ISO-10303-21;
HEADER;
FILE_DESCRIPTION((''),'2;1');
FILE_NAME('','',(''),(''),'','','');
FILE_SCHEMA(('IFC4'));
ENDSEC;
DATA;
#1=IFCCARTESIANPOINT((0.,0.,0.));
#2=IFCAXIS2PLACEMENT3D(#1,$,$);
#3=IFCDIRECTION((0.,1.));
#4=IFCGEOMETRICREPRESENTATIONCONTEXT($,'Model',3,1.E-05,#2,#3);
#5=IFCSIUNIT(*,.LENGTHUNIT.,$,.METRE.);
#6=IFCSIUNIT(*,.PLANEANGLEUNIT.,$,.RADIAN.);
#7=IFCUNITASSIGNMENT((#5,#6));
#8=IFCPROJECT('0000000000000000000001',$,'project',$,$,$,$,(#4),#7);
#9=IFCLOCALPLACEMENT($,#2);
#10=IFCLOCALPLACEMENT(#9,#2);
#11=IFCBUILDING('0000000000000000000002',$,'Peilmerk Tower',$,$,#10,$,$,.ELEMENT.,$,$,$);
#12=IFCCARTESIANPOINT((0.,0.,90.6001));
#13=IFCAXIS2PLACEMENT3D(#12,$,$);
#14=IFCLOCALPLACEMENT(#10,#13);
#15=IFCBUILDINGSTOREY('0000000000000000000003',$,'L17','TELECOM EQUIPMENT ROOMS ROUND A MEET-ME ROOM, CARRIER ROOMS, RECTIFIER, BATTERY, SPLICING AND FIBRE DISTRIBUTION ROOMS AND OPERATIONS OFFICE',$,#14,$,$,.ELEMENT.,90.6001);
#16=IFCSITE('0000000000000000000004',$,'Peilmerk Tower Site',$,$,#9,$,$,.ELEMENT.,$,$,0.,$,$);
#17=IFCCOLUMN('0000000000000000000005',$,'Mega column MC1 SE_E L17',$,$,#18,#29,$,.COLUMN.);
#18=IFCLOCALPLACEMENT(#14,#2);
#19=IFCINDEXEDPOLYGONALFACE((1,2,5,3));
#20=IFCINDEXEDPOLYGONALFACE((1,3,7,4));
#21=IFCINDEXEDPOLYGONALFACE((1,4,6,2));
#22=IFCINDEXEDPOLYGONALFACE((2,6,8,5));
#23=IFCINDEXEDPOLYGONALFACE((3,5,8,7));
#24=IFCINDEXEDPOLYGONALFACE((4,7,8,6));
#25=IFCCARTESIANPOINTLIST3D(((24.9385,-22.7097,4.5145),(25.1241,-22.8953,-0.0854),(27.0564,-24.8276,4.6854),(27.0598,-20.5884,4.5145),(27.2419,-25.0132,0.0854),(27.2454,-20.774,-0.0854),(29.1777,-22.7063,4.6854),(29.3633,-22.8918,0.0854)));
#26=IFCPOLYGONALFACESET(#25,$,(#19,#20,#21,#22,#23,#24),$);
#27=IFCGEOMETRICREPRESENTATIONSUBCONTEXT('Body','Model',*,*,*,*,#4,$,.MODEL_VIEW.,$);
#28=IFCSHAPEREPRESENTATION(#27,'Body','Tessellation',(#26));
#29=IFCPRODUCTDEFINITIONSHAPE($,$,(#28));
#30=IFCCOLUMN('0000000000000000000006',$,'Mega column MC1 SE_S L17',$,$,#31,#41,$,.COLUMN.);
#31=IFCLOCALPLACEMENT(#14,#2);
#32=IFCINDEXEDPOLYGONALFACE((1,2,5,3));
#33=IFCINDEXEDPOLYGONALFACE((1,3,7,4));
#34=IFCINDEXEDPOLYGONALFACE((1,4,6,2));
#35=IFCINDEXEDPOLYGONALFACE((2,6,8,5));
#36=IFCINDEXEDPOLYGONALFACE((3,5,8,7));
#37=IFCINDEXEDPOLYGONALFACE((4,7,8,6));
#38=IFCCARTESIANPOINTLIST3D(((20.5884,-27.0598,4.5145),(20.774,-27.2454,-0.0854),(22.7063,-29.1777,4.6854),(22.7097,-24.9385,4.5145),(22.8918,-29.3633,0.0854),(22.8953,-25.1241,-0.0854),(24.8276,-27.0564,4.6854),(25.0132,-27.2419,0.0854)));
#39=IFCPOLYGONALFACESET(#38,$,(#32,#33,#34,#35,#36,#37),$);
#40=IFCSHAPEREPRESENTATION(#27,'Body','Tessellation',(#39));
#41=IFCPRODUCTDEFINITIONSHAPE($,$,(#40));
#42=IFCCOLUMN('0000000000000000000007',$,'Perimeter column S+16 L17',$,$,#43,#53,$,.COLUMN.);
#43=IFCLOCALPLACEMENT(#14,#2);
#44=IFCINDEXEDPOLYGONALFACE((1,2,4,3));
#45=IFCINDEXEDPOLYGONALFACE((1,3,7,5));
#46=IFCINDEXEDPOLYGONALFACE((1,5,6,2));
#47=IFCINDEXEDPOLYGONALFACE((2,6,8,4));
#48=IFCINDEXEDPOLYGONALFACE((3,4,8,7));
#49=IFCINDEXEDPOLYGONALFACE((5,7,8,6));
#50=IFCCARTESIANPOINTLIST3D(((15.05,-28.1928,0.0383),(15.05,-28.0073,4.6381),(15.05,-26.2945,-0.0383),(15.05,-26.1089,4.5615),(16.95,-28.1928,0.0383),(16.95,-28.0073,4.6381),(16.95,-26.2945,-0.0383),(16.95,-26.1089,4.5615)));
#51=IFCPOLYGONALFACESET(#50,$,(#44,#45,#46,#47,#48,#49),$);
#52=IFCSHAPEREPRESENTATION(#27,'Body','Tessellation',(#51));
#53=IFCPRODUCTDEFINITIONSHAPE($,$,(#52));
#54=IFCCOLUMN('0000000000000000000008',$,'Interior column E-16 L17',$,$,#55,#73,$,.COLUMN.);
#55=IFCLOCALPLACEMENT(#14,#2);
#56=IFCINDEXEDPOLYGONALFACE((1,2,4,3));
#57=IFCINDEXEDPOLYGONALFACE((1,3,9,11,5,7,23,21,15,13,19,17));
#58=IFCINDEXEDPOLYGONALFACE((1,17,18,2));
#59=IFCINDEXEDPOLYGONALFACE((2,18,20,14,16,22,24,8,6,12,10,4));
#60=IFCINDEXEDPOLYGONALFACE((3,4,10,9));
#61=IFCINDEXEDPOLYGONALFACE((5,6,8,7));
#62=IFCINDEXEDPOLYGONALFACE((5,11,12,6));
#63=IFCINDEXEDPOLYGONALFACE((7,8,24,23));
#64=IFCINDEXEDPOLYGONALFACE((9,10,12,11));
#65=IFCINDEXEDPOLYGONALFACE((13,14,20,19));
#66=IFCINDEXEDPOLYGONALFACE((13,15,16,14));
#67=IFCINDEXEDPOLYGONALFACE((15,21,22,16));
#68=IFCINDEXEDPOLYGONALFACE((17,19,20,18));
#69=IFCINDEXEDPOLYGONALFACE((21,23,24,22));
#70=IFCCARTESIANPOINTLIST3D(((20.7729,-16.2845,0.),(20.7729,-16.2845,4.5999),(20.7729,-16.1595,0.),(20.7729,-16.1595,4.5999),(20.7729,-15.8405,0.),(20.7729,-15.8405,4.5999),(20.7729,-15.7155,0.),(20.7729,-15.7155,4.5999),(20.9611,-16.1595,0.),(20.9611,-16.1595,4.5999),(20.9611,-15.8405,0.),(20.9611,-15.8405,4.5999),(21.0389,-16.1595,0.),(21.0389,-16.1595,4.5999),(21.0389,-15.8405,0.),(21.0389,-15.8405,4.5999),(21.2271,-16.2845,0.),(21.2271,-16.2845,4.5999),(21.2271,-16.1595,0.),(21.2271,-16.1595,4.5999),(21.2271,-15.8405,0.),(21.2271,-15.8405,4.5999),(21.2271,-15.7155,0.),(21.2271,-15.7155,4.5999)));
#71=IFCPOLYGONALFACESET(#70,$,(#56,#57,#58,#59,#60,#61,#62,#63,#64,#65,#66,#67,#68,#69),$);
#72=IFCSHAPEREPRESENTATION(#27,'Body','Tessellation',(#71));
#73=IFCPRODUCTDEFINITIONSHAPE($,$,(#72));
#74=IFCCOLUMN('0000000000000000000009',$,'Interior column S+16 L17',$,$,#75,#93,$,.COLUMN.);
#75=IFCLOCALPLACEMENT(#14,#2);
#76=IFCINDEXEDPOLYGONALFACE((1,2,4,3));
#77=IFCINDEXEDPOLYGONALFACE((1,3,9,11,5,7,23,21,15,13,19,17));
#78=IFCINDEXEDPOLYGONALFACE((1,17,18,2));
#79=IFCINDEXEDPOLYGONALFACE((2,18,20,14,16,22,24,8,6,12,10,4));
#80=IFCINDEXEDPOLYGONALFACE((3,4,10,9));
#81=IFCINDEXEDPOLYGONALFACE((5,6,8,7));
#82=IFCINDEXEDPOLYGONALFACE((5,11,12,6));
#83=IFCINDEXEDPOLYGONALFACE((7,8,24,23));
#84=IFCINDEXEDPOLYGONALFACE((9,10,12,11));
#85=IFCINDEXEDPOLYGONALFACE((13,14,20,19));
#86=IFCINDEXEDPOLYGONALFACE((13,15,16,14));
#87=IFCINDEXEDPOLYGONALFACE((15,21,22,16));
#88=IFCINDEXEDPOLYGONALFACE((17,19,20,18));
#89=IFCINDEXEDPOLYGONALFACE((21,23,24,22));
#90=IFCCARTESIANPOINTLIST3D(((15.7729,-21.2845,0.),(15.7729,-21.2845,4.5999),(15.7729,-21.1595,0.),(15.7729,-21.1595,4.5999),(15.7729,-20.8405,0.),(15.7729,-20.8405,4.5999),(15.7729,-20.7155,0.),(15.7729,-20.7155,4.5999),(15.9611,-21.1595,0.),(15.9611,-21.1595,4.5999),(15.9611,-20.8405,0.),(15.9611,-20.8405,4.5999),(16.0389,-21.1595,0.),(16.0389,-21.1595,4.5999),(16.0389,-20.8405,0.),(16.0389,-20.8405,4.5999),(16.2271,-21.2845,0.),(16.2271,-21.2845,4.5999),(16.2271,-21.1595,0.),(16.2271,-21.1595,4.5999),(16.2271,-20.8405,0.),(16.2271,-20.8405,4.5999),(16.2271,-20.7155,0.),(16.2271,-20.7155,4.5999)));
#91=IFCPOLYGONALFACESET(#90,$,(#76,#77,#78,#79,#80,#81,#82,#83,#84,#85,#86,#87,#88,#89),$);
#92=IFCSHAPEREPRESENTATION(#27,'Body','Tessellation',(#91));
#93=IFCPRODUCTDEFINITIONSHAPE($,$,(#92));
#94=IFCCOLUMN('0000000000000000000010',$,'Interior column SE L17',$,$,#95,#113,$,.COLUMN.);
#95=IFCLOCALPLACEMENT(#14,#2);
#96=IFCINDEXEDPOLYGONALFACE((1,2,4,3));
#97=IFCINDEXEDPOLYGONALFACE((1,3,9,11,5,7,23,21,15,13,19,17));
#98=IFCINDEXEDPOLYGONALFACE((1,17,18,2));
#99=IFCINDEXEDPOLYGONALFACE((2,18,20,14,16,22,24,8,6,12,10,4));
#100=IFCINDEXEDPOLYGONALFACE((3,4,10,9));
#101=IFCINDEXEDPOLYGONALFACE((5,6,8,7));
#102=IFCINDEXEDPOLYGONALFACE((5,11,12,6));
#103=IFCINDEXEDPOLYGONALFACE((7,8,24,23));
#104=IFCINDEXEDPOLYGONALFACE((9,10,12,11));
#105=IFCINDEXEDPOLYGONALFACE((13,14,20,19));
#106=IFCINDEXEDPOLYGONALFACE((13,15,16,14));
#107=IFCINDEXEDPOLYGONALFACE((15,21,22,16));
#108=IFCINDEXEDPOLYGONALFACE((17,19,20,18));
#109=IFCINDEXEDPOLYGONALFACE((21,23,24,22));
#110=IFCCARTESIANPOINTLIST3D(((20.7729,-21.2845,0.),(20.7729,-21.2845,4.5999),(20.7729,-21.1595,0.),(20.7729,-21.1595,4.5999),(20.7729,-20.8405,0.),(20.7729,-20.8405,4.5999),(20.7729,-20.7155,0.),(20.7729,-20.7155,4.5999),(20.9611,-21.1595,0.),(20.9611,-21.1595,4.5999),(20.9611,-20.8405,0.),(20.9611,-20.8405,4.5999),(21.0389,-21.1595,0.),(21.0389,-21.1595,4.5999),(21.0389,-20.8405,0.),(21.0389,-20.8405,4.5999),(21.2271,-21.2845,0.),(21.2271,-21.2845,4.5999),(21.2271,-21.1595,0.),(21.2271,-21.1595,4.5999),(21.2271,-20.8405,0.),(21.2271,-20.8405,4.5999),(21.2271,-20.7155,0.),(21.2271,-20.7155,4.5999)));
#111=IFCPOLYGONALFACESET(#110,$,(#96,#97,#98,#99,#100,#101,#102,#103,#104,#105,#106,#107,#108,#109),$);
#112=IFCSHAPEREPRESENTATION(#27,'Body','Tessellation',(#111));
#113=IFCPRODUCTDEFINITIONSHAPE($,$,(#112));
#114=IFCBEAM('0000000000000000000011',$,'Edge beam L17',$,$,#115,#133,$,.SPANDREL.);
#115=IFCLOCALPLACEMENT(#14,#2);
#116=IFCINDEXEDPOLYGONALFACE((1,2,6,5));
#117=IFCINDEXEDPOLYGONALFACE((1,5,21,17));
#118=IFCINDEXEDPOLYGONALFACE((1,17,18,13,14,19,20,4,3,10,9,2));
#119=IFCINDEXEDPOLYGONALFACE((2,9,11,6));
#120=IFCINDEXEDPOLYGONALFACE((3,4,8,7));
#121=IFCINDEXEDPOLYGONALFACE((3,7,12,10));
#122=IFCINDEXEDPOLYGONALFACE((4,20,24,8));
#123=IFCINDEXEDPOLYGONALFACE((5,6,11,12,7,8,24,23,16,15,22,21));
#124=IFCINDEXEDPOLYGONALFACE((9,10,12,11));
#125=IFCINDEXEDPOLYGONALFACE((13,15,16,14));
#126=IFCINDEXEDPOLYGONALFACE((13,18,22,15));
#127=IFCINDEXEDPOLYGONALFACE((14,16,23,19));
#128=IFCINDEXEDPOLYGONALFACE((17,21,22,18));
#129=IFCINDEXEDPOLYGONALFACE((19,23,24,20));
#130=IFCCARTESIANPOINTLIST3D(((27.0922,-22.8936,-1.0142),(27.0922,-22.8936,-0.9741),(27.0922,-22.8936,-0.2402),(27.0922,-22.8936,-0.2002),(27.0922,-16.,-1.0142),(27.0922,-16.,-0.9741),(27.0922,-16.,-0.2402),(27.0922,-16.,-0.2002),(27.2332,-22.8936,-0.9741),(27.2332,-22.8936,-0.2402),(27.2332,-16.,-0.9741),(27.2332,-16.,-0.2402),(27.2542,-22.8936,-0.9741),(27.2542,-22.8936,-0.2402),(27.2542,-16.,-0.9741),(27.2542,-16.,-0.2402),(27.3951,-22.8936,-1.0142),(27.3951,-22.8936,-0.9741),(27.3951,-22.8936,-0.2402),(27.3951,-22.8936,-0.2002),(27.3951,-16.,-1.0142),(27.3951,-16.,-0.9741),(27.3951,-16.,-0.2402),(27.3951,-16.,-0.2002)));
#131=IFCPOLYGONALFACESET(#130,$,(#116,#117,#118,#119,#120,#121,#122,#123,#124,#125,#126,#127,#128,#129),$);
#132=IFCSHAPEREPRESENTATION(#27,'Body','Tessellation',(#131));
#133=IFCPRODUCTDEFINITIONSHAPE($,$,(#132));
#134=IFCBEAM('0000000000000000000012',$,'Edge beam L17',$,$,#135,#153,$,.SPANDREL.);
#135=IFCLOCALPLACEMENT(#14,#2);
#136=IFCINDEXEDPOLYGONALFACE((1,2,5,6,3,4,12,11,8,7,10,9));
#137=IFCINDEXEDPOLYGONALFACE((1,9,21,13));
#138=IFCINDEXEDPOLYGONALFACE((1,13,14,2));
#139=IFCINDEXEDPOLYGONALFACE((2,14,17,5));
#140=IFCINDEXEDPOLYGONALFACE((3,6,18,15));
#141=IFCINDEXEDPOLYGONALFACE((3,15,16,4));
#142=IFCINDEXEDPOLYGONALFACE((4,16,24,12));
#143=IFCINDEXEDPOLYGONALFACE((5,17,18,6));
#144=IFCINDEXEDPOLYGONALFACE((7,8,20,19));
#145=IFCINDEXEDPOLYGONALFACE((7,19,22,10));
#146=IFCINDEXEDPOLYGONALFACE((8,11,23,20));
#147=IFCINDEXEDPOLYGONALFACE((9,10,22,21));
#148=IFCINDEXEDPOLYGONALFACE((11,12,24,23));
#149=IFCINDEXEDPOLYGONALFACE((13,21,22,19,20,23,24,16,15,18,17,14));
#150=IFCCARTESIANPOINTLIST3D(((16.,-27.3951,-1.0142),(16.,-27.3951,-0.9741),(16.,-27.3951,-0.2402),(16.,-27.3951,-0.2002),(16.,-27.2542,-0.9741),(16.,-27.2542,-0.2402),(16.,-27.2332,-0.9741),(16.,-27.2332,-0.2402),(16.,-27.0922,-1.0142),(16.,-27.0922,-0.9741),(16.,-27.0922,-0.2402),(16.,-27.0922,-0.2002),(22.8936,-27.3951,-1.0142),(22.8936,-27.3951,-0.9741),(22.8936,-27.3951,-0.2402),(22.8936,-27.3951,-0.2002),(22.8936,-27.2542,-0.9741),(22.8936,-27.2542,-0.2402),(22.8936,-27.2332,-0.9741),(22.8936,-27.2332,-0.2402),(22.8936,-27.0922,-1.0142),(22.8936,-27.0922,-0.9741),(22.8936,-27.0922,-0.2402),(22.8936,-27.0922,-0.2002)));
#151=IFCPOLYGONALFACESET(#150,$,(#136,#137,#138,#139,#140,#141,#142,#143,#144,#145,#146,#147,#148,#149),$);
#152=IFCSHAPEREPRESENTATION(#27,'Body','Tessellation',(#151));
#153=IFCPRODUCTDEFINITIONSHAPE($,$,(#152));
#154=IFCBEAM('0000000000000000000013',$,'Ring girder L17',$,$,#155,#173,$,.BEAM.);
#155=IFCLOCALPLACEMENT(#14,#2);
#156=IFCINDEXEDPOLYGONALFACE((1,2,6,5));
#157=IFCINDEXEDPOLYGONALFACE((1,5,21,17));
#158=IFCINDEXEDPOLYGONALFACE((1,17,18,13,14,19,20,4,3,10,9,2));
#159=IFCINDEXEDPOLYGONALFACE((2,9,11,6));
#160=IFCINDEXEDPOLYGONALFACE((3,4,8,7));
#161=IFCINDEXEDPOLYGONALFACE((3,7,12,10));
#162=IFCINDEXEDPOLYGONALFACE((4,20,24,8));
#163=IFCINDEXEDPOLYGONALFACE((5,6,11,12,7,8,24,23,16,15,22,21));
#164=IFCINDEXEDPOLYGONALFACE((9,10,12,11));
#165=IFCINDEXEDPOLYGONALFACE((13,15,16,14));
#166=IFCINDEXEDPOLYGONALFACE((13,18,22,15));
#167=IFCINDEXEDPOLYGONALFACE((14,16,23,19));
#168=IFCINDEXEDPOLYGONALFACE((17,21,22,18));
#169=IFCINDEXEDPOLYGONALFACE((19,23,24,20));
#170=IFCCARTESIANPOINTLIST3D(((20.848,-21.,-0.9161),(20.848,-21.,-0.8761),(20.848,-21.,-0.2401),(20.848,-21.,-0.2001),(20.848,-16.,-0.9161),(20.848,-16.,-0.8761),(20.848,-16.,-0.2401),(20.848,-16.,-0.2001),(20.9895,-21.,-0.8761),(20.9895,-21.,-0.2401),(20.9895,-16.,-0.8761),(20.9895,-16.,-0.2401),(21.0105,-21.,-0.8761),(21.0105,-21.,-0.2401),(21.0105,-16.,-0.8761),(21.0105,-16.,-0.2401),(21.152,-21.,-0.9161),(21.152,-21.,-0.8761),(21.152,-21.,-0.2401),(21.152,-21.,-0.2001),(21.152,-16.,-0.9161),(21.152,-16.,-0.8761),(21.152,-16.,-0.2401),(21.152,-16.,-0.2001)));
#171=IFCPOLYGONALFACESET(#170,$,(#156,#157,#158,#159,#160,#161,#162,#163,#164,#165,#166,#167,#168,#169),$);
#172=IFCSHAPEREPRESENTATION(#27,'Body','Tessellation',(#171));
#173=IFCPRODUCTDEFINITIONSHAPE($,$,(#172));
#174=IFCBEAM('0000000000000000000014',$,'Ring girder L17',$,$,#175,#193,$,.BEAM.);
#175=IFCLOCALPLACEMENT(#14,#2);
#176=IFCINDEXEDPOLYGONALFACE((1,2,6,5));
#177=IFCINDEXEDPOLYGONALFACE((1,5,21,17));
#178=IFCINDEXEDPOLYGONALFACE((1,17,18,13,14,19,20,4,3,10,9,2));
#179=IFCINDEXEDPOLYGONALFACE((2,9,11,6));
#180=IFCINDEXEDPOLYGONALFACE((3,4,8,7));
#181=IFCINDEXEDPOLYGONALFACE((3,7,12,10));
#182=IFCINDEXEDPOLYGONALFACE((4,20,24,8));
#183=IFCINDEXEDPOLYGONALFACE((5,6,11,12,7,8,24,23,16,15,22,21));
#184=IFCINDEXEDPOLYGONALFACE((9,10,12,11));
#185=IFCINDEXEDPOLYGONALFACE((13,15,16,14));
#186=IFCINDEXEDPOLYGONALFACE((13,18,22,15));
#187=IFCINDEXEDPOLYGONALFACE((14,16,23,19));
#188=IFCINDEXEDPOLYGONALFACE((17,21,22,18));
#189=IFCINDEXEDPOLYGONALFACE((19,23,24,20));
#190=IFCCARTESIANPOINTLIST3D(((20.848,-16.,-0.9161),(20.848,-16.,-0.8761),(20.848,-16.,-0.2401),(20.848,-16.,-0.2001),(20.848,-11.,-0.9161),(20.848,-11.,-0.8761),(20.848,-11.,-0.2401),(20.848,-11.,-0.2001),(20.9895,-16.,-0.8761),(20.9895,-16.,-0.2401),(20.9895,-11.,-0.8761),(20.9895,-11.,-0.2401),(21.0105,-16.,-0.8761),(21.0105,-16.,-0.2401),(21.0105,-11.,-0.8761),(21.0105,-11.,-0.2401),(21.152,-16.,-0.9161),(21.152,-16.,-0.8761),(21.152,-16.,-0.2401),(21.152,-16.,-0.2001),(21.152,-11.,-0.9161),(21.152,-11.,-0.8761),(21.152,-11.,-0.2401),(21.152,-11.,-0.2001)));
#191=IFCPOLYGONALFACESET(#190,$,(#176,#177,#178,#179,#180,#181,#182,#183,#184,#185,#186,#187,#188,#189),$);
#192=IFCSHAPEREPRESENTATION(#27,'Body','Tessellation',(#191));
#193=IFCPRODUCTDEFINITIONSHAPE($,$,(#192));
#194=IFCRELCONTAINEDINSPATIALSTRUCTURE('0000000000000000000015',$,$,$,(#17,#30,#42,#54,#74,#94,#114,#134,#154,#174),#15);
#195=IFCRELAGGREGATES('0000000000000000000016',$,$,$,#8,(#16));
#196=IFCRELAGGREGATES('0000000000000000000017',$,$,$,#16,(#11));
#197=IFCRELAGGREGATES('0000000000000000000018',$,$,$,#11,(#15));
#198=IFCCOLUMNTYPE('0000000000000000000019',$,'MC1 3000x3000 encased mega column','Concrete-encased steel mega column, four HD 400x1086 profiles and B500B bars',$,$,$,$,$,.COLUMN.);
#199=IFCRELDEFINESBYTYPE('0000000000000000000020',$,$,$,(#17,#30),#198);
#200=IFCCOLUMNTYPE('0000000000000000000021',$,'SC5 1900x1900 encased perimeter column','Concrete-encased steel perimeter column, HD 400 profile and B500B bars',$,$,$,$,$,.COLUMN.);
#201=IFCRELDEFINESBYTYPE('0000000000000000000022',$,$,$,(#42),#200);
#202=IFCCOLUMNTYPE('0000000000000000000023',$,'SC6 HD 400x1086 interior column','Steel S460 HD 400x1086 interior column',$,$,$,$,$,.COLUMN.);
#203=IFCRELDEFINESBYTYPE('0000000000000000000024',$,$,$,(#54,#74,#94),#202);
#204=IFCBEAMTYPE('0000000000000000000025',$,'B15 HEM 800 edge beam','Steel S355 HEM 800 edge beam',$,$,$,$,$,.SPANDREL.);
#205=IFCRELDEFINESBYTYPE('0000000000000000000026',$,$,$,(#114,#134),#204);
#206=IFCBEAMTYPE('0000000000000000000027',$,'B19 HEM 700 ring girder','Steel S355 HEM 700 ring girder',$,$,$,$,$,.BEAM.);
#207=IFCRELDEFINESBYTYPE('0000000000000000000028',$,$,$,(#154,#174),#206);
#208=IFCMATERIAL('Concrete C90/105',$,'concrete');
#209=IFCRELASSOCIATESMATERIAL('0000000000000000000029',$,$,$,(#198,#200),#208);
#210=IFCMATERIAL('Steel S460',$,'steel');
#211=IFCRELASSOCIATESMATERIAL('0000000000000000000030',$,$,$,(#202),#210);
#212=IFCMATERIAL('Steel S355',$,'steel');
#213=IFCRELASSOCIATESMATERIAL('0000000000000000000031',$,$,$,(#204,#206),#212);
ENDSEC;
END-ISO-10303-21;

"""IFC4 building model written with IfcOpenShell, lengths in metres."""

from ifc_helpers import new_model, si_unit, direction, frame, origin, origin_2d, place, context, subcontext, project, spatial, rectangle, i_section, extrude, material, material_profile, profile_set, type_object, element, save


model = new_model("IFC4")

# Units and contexts
model_context = context("Model", 3, precision=1e-05, world=origin(), true_north=direction((0.0, 1.0)))
body_context = subcontext(model_context, "Body", "Model", "MODEL_VIEW")
ifc_project = project(units=[si_unit("LENGTHUNIT", "METRE"), si_unit("PLANEANGLEUNIT", "RADIAN")], contexts=[model_context])

# Site, building, storey
site_placement = place(None, origin())
site = spatial("IfcSite", under=ifc_project, at=site_placement, Name="Peilmerk Tower Site", CompositionType="ELEMENT", RefElevation=0.0)
building_placement = place(site_placement, origin())
building = spatial("IfcBuilding", under=site, at=building_placement, Name="Peilmerk Tower", CompositionType="ELEMENT")
storey_placement = place(building_placement, frame((0.0, 0.0, 90.6001)))
storey = spatial("IfcBuildingStorey", under=building, at=storey_placement, Name="L17", Description="TELECOM EQUIPMENT ROOMS ROUND A MEET-ME ROOM, CARRIER ROOMS, RECTIFIER, BATTERY, SPLICING AND FIBRE DISTRIBUTION ROOMS AND OPERATIONS OFFICE", CompositionType="ELEMENT", Elevation=90.6001)

# Columns
ifc_material_1 = material(Name="Concrete C90/105", Category="concrete")
ifc_material_profile_1 = material_profile(ifc_material_1, rectangle(XDim=3.0, YDim=3.0, at=origin_2d()), Name="RC 3000x3000")
ifc_profile_set_1 = profile_set([ifc_material_profile_1], Name="Concrete C90/105")
column_type_1 = type_object("IfcColumnType", Name="MC1 3000x3000 encased mega column", Description="Concrete-encased steel mega column, four HD 400x1086 profiles and B500B bars", PredefinedType="COLUMN", material=ifc_profile_set_1)
for number, where, z_axis, x_axis, name in (
    (1, (27.2437, -22.8936, 0.0), (-0.040272, 0.040272, 0.998377), (-0.707107, -0.707107, 0.0), "Mega column MC1 SE_E L17"),
    (2, (22.8936, -27.2437, 0.0), (-0.040272, 0.040272, 0.998377), (-0.707107, -0.707107, 0.0), "Mega column MC1 SE_S L17"),
):
    element("IfcColumn", number, at=place(storey_placement, frame(where, z_axis=z_axis, x_axis=x_axis)), inside=storey, type_object=column_type_1, Name=name, PredefinedType="COLUMN", context=body_context, shape_type="SweptSolid", body=[
        extrude(rectangle(XDim=3.0, YDim=3.0, at=origin_2d()), origin(), (0.0, 0.0, 1.0), 4.6074),
    ])
ifc_material_profile_2 = material_profile(ifc_material_1, rectangle(XDim=1.8999, YDim=1.8999, at=origin_2d()), Name="RC 1900x1900")
ifc_profile_set_2 = profile_set([ifc_material_profile_2], Name="Concrete C90/105")
column_type_2 = type_object("IfcColumnType", Name="SC5 1900x1900 encased perimeter column", Description="Concrete-encased steel perimeter column, HD 400 profile and B500B bars", PredefinedType="COLUMN", material=ifc_profile_set_2)
column_placement = place(storey_placement, frame((16.0, -27.2437, 0.0), z_axis=(0.0, 0.040305, 0.999187), x_axis=(-1.0, 0.0, 0.0)))
element("IfcColumn", 3, at=column_placement, inside=storey, type_object=column_type_2, Name="Perimeter column S+16 L17", PredefinedType="COLUMN", context=body_context, shape_type="SweptSolid", body=[
    extrude(rectangle(XDim=1.8999, YDim=1.8999, at=origin_2d()), origin(), (0.0, 0.0, 1.0), 4.6035),
])
ifc_material_2 = material(Name="Steel S460", Category="steel")
ifc_material_profile_3 = material_profile(ifc_material_2, i_section(OverallWidth=0.4541, OverallDepth=0.5691, WebThickness=0.0779, FlangeThickness=0.125, at=origin_2d()), Name="HD 400x1086")
ifc_profile_set_3 = profile_set([ifc_material_profile_3], Name="Steel S460")
column_type_3 = type_object("IfcColumnType", Name="SC6 HD 400x1086 interior column", Description="Steel S460 HD 400x1086 interior column", PredefinedType="COLUMN", material=ifc_profile_set_3)
for number, where, z_axis, x_axis, name in (
    (4, (21.0, -16.0, 0.0), (0.0, 0.0, 1.0), (1.0, 0.0, 0.0), "Interior column E-16 L17"),
    (5, (16.0, -21.0, 0.0), (0.0, 0.0, 1.0), (1.0, 0.0, 0.0), "Interior column S+16 L17"),
    (6, (21.0, -21.0, 0.0), (0.0, 0.0, 1.0), (1.0, 0.0, 0.0), "Interior column SE L17"),
):
    element("IfcColumn", number, at=place(storey_placement, frame(where, z_axis=z_axis, x_axis=x_axis)), inside=storey, type_object=column_type_3, Name=name, PredefinedType="COLUMN", context=body_context, shape_type="SweptSolid", body=[
        extrude(i_section(OverallWidth=0.4541, OverallDepth=0.5691, WebThickness=0.0779, FlangeThickness=0.125, at=origin_2d()), origin(), (0.0, 0.0, 1.0), 4.5999),
    ])

# Beams
ifc_material_3 = material(Name="Steel S355", Category="steel")
ifc_material_profile_4 = material_profile(ifc_material_3, i_section(OverallWidth=0.303, OverallDepth=0.814, WebThickness=0.021, FlangeThickness=0.04, at=origin_2d()), Name="HEM 800")
ifc_profile_set_4 = profile_set([ifc_material_profile_4], Name="Steel S355")
beam_type_1 = type_object("IfcBeamType", Name="B15 HEM 800 edge beam", Description="Steel S355 HEM 800 edge beam", PredefinedType="SPANDREL", material=ifc_profile_set_4)
for number, where, z_axis, x_axis, name in (
    (7, (27.2437, -22.8936, -0.6072), (0.0, 1.0, 0.0), (-1.0, 0.0, 0.0), "Edge beam L17"),
    (8, (16.0, -27.2437, -0.6072), (1.0, 0.0, 0.0), (0.0, 1.0, 0.0), "Edge beam L17"),
):
    element("IfcBeam", number, at=place(storey_placement, frame(where, z_axis=z_axis, x_axis=x_axis)), inside=storey, type_object=beam_type_1, Name=name, PredefinedType="SPANDREL", context=body_context, shape_type="SweptSolid", body=[
        extrude(i_section(OverallWidth=0.303, OverallDepth=0.814, WebThickness=0.021, FlangeThickness=0.04, at=origin_2d()), origin(), (0.0, 0.0, 1.0), 6.8936),
    ])
ifc_material_profile_5 = material_profile(ifc_material_3, i_section(OverallWidth=0.304, OverallDepth=0.7161, WebThickness=0.021, FlangeThickness=0.04, at=origin_2d()), Name="HEM 700")
ifc_profile_set_5 = profile_set([ifc_material_profile_5], Name="Steel S355")
beam_type_2 = type_object("IfcBeamType", Name="B19 HEM 700 ring girder", Description="Steel S355 HEM 700 ring girder", PredefinedType="BEAM", material=ifc_profile_set_5)
for number, where, z_axis, x_axis, name in (
    (9, (21.0, -21.0, -0.5581), (0.0, 1.0, 0.0), (-1.0, 0.0, 0.0), "Ring girder L17"),
    (10, (21.0, -16.0, -0.5581), (0.0, 1.0, 0.0), (-1.0, 0.0, 0.0), "Ring girder L17"),
):
    element("IfcBeam", number, at=place(storey_placement, frame(where, z_axis=z_axis, x_axis=x_axis)), inside=storey, type_object=beam_type_2, Name=name, PredefinedType="BEAM", context=body_context, shape_type="SweptSolid", body=[
        extrude(i_section(OverallWidth=0.304, OverallDepth=0.7161, WebThickness=0.021, FlangeThickness=0.04, at=origin_2d()), origin(), (0.0, 0.0, 1.0), 5.0),
    ])

save(model, "model.ifc")
